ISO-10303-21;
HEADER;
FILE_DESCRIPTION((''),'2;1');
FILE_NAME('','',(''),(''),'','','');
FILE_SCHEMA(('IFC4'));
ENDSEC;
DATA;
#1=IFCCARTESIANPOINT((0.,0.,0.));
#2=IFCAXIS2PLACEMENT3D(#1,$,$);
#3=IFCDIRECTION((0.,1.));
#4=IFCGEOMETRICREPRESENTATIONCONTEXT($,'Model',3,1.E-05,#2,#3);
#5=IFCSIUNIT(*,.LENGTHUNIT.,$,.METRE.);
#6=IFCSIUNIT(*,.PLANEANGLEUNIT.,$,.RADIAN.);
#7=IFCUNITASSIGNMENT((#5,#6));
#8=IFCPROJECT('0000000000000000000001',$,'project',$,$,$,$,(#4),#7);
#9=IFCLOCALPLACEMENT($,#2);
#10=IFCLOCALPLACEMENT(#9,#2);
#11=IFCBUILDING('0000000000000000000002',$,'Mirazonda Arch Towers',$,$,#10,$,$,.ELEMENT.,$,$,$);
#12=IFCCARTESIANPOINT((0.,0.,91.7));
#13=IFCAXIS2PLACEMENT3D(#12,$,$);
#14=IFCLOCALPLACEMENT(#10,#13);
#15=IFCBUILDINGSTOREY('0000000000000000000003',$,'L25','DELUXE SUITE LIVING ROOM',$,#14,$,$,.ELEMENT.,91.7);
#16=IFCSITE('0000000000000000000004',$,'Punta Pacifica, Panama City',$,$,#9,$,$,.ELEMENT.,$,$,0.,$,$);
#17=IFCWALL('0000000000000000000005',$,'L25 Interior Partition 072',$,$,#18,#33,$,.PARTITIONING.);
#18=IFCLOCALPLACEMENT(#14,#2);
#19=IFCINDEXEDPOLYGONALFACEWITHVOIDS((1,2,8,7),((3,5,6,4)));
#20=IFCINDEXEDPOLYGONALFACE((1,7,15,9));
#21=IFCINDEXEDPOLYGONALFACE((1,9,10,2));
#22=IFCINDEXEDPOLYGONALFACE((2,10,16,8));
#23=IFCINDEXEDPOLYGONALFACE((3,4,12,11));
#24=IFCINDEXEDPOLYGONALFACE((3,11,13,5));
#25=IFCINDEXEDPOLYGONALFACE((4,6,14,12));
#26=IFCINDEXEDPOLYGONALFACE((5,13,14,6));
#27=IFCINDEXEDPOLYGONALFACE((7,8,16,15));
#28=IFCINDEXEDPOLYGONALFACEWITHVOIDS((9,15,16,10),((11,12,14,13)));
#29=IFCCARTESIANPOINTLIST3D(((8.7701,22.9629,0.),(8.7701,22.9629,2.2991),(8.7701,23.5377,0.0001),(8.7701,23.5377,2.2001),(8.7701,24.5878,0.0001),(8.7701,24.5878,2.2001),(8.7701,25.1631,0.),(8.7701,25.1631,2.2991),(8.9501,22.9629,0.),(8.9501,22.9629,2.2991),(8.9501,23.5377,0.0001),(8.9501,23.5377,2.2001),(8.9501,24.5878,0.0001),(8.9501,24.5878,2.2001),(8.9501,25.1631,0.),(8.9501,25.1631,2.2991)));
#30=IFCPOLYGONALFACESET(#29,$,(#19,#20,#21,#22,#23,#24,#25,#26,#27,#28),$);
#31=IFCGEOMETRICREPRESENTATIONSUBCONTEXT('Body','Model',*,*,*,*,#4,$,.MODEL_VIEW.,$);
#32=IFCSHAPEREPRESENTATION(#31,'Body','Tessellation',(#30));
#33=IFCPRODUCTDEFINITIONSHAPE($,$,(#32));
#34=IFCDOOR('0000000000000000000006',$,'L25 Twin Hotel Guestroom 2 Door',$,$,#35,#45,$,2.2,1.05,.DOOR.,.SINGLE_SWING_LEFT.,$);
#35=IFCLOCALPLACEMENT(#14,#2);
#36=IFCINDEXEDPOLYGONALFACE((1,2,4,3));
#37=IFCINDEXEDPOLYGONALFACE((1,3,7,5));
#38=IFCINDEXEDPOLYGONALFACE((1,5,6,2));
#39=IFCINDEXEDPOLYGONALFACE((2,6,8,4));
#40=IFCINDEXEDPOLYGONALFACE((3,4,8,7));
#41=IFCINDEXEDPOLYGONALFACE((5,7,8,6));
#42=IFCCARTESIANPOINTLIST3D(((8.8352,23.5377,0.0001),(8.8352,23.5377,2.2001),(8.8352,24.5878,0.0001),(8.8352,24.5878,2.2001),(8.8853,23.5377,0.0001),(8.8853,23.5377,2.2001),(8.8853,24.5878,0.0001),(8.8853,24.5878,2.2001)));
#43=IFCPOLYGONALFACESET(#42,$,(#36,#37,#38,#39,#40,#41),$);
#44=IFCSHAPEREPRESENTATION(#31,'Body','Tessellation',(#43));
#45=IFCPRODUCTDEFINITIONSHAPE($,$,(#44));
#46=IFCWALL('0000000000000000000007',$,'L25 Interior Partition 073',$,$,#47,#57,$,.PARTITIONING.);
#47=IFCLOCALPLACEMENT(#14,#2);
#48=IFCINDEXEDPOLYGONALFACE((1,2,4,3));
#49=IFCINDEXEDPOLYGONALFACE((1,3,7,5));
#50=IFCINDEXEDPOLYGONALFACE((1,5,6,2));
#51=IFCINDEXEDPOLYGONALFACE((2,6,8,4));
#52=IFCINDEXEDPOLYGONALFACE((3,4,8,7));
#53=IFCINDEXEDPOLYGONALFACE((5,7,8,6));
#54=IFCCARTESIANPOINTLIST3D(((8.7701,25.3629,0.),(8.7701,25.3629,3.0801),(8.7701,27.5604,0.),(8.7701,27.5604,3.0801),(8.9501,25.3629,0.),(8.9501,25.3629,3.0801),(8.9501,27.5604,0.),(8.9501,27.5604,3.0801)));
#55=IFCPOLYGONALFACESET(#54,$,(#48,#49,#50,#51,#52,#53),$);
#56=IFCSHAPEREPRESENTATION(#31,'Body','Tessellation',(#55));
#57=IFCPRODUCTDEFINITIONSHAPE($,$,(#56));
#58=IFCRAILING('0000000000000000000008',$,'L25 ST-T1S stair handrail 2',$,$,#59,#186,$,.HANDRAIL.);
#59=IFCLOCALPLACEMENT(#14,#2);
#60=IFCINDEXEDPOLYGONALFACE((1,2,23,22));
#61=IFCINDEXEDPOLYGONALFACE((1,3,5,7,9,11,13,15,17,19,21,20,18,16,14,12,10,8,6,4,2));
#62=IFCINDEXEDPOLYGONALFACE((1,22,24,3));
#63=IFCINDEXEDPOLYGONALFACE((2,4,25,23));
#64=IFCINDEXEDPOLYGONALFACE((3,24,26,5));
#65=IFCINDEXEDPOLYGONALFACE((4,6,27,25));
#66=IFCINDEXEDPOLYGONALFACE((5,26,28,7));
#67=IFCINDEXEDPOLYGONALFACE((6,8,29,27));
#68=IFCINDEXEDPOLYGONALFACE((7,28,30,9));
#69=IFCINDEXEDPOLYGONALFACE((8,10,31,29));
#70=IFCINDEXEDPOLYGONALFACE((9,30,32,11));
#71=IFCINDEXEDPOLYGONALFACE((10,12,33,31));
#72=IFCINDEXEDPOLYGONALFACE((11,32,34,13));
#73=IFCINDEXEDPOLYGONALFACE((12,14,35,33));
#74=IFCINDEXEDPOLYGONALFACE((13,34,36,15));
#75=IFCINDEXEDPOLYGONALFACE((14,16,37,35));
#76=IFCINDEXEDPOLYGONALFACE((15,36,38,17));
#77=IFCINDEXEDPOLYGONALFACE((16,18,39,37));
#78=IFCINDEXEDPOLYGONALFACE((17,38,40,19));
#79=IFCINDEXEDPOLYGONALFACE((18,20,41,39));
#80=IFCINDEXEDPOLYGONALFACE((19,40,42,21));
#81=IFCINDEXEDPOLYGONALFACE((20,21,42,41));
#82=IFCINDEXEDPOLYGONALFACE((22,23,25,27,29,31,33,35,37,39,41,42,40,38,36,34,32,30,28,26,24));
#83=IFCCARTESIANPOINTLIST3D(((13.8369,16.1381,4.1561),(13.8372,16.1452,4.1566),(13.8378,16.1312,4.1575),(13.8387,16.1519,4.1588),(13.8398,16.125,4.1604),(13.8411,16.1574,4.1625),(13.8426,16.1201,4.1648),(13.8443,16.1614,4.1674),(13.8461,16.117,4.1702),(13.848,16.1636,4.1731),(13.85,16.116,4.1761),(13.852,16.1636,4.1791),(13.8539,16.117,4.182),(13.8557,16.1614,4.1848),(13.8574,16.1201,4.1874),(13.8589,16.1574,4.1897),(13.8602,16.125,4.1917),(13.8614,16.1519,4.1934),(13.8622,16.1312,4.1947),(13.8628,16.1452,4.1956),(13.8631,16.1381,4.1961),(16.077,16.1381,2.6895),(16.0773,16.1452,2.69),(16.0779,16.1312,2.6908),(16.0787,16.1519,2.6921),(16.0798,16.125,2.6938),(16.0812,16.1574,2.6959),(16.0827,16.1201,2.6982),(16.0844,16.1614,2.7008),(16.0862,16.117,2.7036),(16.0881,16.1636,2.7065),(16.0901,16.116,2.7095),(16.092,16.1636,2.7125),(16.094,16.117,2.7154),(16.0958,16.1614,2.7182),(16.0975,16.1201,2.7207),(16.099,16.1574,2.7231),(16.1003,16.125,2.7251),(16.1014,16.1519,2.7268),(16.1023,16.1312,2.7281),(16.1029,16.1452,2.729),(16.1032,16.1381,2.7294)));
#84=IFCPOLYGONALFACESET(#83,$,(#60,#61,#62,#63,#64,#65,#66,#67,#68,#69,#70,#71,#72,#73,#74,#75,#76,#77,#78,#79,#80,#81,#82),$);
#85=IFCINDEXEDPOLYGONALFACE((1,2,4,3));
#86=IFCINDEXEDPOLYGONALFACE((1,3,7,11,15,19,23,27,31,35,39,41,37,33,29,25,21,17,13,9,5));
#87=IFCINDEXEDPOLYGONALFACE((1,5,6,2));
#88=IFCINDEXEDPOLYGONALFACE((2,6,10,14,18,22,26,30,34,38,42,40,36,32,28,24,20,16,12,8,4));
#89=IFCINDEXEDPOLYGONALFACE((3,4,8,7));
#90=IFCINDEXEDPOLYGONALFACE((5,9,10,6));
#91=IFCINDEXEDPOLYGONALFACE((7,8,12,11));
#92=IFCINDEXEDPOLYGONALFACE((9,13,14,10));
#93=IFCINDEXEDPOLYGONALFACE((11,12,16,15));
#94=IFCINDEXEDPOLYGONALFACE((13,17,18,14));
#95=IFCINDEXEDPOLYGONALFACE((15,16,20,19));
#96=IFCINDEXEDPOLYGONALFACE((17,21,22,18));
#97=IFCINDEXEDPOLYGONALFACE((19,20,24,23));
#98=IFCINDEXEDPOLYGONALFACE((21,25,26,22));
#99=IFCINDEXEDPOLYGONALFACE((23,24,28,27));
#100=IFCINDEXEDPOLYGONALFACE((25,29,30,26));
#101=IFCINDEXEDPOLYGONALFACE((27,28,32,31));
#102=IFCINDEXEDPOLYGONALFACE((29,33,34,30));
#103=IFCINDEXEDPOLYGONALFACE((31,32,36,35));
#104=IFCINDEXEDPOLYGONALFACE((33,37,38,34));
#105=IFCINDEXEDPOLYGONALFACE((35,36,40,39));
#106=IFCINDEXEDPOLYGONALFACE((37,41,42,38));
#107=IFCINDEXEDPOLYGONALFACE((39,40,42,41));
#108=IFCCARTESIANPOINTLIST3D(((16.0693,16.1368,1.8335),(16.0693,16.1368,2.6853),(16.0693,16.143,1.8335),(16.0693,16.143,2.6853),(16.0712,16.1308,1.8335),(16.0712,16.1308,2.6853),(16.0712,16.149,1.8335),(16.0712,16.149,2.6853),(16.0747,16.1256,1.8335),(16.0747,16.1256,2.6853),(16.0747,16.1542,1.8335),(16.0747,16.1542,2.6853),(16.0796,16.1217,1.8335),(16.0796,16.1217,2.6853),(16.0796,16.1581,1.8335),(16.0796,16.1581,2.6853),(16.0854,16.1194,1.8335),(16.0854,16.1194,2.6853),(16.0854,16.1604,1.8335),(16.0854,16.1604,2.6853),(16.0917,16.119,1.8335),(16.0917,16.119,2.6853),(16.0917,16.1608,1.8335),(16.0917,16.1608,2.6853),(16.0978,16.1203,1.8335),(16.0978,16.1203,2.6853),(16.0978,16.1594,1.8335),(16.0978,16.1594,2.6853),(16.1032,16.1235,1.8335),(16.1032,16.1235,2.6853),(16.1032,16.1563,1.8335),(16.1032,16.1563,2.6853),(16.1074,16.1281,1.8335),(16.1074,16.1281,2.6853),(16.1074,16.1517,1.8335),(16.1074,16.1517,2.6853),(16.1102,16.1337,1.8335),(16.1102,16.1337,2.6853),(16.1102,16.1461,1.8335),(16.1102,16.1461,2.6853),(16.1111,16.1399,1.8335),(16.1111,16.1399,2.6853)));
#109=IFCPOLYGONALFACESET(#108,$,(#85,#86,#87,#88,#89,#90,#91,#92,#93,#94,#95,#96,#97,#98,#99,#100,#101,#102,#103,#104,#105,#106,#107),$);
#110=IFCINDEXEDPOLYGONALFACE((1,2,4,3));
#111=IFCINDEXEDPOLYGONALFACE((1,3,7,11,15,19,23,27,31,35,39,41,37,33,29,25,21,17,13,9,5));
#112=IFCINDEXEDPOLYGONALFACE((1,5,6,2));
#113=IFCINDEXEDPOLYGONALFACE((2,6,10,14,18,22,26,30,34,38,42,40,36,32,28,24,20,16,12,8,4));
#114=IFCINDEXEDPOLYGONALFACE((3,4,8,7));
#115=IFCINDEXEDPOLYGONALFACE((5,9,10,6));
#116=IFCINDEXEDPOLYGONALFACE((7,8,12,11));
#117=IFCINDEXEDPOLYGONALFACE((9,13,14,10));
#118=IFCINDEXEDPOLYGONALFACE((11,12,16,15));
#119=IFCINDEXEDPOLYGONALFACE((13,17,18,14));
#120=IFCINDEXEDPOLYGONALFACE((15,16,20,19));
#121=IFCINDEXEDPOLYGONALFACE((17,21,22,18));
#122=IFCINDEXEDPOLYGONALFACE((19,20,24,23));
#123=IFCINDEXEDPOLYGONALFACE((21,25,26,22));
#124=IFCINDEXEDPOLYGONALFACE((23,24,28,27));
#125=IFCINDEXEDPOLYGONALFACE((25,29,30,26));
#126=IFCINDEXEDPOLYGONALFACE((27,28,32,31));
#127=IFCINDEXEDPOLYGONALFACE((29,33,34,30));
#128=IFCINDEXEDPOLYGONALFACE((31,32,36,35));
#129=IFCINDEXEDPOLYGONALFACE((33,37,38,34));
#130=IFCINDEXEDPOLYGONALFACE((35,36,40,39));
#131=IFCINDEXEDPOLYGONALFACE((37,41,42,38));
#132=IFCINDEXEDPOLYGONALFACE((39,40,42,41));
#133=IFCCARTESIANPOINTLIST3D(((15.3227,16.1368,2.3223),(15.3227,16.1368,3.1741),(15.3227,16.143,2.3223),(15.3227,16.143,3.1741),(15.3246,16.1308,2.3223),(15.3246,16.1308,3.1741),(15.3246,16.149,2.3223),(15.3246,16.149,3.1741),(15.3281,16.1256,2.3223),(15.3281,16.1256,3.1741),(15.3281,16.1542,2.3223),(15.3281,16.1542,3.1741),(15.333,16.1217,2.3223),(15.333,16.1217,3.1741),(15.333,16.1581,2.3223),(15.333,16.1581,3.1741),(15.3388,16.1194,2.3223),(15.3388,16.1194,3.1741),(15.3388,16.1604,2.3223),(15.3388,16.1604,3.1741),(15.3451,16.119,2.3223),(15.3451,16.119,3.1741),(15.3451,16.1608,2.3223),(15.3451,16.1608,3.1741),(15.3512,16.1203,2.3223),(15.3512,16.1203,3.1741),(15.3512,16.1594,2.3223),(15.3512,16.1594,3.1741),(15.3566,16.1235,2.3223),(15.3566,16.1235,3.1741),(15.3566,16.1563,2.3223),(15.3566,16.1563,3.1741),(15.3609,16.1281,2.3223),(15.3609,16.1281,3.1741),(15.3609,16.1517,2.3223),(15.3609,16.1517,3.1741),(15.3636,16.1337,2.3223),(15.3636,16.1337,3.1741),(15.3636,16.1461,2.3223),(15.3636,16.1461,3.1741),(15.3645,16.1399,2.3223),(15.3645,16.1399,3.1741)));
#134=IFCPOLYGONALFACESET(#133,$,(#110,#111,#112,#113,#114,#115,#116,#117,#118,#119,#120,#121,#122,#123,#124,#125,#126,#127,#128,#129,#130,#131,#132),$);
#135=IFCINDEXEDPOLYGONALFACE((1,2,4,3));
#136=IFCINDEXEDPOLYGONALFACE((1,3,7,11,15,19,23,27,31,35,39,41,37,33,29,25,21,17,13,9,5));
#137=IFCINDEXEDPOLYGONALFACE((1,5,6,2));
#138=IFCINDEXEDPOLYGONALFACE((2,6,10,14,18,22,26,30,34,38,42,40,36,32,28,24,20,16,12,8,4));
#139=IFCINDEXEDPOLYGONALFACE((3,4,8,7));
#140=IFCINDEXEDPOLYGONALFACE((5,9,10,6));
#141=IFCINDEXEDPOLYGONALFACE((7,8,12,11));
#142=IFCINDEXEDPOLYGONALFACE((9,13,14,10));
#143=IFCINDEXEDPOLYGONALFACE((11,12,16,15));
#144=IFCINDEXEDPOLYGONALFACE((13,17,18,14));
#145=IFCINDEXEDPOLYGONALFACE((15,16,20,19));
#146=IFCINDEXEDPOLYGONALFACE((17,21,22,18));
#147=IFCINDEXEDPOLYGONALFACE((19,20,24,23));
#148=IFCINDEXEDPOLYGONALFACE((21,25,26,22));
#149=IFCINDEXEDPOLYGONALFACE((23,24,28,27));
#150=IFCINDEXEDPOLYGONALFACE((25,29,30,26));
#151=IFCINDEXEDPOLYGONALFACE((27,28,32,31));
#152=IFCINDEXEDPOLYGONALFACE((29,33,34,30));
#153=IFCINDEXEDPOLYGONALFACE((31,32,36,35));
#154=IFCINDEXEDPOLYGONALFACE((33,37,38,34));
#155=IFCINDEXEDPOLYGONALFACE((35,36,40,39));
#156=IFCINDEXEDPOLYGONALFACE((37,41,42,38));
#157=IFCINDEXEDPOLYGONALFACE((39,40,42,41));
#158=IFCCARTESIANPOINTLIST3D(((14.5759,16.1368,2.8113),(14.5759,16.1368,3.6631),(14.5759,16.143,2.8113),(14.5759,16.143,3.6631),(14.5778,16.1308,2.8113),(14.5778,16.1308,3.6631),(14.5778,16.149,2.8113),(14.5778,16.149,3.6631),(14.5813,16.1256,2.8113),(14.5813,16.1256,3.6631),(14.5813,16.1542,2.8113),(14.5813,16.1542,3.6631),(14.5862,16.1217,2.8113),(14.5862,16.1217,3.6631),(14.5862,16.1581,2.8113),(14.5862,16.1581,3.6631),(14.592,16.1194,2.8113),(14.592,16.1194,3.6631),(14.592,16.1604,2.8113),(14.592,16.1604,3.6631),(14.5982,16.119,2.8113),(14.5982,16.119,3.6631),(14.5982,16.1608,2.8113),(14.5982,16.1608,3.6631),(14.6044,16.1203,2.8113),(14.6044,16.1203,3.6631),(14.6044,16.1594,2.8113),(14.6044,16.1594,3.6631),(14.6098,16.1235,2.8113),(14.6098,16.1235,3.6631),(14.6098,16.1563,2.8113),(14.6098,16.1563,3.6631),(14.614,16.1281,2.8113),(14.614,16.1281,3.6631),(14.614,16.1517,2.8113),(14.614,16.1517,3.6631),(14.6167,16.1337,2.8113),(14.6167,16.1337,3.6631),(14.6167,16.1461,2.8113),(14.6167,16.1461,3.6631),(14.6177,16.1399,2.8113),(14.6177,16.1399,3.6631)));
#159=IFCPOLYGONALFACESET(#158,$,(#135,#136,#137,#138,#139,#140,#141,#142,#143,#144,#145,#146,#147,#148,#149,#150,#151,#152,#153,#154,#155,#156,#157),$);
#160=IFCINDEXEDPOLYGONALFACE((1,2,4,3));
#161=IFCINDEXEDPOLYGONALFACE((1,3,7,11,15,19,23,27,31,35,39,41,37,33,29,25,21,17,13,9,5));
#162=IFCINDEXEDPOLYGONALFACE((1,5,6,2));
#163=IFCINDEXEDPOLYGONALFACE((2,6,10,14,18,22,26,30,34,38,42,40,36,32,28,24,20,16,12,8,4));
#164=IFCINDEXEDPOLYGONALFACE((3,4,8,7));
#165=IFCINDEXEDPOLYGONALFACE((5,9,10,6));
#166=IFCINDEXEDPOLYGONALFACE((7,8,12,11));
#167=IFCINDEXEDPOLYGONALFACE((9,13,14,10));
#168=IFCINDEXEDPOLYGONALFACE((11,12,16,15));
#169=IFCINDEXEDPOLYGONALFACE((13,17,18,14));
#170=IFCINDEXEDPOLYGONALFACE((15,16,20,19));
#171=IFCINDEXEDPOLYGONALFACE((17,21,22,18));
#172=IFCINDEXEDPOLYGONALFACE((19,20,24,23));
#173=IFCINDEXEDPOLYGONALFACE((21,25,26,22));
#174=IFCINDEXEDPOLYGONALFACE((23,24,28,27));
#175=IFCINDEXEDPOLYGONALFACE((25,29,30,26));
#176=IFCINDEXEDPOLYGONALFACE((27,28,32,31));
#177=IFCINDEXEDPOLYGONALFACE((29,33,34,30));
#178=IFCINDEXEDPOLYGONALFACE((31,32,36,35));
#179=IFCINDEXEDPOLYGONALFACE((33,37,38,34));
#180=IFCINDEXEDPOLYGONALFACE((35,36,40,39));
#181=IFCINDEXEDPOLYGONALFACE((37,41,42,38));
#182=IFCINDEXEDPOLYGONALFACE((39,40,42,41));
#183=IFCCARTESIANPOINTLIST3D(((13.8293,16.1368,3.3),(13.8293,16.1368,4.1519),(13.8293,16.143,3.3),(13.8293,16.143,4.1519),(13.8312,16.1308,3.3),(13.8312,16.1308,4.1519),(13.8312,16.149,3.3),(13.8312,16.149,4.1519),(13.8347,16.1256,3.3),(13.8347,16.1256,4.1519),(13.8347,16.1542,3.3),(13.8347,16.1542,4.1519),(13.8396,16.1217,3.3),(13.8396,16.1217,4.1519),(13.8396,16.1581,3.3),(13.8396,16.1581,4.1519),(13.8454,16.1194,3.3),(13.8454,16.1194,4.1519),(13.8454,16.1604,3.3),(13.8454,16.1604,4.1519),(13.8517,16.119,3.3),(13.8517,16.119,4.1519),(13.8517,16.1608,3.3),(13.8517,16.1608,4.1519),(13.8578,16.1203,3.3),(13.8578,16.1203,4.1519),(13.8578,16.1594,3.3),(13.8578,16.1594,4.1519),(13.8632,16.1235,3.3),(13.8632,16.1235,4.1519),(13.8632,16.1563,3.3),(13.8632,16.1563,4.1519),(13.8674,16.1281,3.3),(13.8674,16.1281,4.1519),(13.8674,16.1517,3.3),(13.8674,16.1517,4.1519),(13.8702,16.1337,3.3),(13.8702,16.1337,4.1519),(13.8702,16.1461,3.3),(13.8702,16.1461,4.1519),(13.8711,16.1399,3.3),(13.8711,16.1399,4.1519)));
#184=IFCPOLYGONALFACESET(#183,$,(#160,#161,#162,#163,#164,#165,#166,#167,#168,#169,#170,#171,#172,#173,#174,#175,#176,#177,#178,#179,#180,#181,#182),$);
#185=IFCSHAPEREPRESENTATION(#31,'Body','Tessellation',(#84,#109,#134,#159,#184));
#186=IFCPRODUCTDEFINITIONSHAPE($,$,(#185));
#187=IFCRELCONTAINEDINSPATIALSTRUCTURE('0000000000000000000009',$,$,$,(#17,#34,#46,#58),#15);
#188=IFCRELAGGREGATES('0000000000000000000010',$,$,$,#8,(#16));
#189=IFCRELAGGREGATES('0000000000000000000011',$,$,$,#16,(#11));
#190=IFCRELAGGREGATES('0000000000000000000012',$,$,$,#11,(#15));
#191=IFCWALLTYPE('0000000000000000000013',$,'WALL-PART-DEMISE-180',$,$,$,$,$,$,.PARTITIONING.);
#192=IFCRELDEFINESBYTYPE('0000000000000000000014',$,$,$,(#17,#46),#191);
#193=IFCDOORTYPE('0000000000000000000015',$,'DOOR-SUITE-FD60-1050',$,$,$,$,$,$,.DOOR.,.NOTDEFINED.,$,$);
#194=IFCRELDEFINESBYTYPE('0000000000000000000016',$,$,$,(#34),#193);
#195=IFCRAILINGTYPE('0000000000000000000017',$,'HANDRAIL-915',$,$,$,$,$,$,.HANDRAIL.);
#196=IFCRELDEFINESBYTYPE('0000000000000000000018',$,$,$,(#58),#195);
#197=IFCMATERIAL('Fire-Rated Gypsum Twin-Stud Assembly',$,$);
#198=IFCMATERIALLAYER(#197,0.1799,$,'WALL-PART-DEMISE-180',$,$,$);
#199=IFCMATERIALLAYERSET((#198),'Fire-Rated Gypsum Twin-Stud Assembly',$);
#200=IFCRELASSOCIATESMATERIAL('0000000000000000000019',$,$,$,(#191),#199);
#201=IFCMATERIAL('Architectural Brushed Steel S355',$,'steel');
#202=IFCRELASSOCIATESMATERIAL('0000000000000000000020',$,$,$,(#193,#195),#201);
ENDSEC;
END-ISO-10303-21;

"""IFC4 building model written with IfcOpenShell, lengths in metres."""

from ifc_helpers import new_model, si_unit, direction, frame, frame_2d, origin, origin_2d, place, context, subcontext, project, spatial, rectangle, circle, extrude, material, layer, layer_set, type_object, element, fill, save


model = new_model("IFC4")

# Units and contexts
model_context = context("Model", 3, precision=1e-05, world=origin(), true_north=direction((0.0, 1.0)))
body_context = subcontext(model_context, "Body", "Model", "MODEL_VIEW")
ifc_project = project(units=[si_unit("LENGTHUNIT", "METRE"), si_unit("PLANEANGLEUNIT", "RADIAN")], contexts=[model_context])

# Site, building, storey
site_placement = place(None, origin())
site = spatial("IfcSite", under=ifc_project, at=site_placement, Name="Punta Pacifica, Panama City", CompositionType="ELEMENT", RefElevation=0.0)
building_placement = place(site_placement, origin())
building = spatial("IfcBuilding", under=site, at=building_placement, Name="Mirazonda Arch Towers", CompositionType="ELEMENT")
storey_placement = place(building_placement, frame((0.0, 0.0, 91.7)))
storey = spatial("IfcBuildingStorey", under=building, at=storey_placement, Name="L25", Description="DELUXE SUITE LIVING ROOM", CompositionType="ELEMENT", Elevation=91.7)

# Shared definitions
ifc_material_1 = material(Name="Architectural Brushed Steel S355", Category="steel")

# Wall, opening, door
ifc_material_2 = material(Name="Fire-Rated Gypsum Twin-Stud Assembly")
ifc_layer_1 = layer(ifc_material_2, 0.1799, Name="WALL-PART-DEMISE-180")
ifc_layer_set_1 = layer_set([ifc_layer_1], Name="Fire-Rated Gypsum Twin-Stud Assembly")
wall_type_1 = type_object("IfcWallType", Name="WALL-PART-DEMISE-180", PredefinedType="PARTITIONING", material=ifc_layer_set_1)
wall_1_placement = place(storey_placement, frame((8.8601, 22.9629, 0.0), z_axis=(0.0, 0.0, 1.0), x_axis=(0.0, 1.0, 0.0)))
wall_1 = element("IfcWall", 1, at=wall_1_placement, inside=storey, type_object=wall_type_1, Name="L25 Interior Partition 072", PredefinedType="PARTITIONING", context=body_context, shape_type="SweptSolid", body=[
    extrude(rectangle(XDim=2.2002, YDim=0.1799, at=frame_2d((1.1001, 0.0))), origin(), (0.0, 0.0, 1.0), 2.2991),
])
opening_1_placement = place(wall_1_placement, frame((0.575, 0.0, 0.0)))
opening_1 = element("IfcOpeningElement", 2, at=opening_1_placement, cuts=wall_1, PredefinedType="OPENING", context=body_context, shape_type="SweptSolid", body=[
    extrude(rectangle(XDim=1.05, YDim=2.2, at=frame_2d((0.5249, 1.1001))), frame((0.0, 0.0999, 0.0), z_axis=(0.0, -1.0, 0.0), x_axis=(1.0, 0.0, 0.0)), (0.0, 0.0, 1.0), 0.2),
])
door_type_1 = type_object("IfcDoorType", Name="DOOR-SUITE-FD60-1050", OperationType="NOTDEFINED", PredefinedType="DOOR", material=ifc_material_1)
door_1_placement = place(opening_1_placement, origin())
door_1 = element("IfcDoor", 3, at=door_1_placement, inside=storey, type_object=door_type_1, Name="L25 Twin Hotel Guestroom 2 Door", OperationType="SINGLE_SWING_LEFT", OverallHeight=2.2, OverallWidth=1.05, PredefinedType="DOOR", context=body_context, shape_type="SweptSolid", body=[
    extrude(rectangle(XDim=1.05, YDim=2.2, at=frame_2d((0.5249, 1.1001))), frame((0.0, 0.0249, 0.0), z_axis=(0.0, -1.0, 0.0), x_axis=(1.0, 0.0, 0.0)), (0.0, 0.0, 1.0), 0.05),
])
fill(opening_1, door_1)

# Wall
wall_2_placement = place(storey_placement, frame((8.8601, 25.363, 0.0), z_axis=(0.0, 0.0, 1.0), x_axis=(0.0, 1.0, 0.0)))
element("IfcWall", 4, at=wall_2_placement, inside=storey, type_object=wall_type_1, Name="L25 Interior Partition 073", PredefinedType="PARTITIONING", context=body_context, shape_type="SweptSolid", body=[
    extrude(rectangle(XDim=2.1975, YDim=0.1799, at=frame_2d((1.0986, 0.0))), origin(), (0.0, 0.0, 1.0), 3.0801),
])

# Railing
railing_type = type_object("IfcRailingType", Name="HANDRAIL-915", PredefinedType="HANDRAIL", material=ifc_material_1)
railing_placement = place(storey_placement, frame((16.0901, 16.1399, 1.8335)))
element("IfcRailing", 5, at=railing_placement, inside=storey, type_object=railing_type, Name="L25 ST-T1S stair handrail 2", PredefinedType="HANDRAIL", context=body_context, shape_type="SweptSolid", body=[
    extrude(circle(Radius=0.0239, at=origin_2d()), frame((0.0, 0.0, 0.876), z_axis=(-0.836637, 0.0, 0.547758), x_axis=(0.0, -1.0, 0.0)), (0.0, 0.0, 1.0), 2.6775),
    extrude(circle(Radius=0.021, at=origin_2d()), origin(), (0.0, 0.0, 1.0), 0.8518),
    extrude(circle(Radius=0.021, at=origin_2d()), frame((-0.7466, 0.0, 0.4888)), (0.0, 0.0, 1.0), 0.8518),
    extrude(circle(Radius=0.021, at=origin_2d()), frame((-1.4934, 0.0, 0.9778)), (0.0, 0.0, 1.0), 0.8518),
    extrude(circle(Radius=0.021, at=origin_2d()), frame((-2.24, 0.0, 1.4666)), (0.0, 0.0, 1.0), 0.8518),
])

save(model, "model.ifc")
